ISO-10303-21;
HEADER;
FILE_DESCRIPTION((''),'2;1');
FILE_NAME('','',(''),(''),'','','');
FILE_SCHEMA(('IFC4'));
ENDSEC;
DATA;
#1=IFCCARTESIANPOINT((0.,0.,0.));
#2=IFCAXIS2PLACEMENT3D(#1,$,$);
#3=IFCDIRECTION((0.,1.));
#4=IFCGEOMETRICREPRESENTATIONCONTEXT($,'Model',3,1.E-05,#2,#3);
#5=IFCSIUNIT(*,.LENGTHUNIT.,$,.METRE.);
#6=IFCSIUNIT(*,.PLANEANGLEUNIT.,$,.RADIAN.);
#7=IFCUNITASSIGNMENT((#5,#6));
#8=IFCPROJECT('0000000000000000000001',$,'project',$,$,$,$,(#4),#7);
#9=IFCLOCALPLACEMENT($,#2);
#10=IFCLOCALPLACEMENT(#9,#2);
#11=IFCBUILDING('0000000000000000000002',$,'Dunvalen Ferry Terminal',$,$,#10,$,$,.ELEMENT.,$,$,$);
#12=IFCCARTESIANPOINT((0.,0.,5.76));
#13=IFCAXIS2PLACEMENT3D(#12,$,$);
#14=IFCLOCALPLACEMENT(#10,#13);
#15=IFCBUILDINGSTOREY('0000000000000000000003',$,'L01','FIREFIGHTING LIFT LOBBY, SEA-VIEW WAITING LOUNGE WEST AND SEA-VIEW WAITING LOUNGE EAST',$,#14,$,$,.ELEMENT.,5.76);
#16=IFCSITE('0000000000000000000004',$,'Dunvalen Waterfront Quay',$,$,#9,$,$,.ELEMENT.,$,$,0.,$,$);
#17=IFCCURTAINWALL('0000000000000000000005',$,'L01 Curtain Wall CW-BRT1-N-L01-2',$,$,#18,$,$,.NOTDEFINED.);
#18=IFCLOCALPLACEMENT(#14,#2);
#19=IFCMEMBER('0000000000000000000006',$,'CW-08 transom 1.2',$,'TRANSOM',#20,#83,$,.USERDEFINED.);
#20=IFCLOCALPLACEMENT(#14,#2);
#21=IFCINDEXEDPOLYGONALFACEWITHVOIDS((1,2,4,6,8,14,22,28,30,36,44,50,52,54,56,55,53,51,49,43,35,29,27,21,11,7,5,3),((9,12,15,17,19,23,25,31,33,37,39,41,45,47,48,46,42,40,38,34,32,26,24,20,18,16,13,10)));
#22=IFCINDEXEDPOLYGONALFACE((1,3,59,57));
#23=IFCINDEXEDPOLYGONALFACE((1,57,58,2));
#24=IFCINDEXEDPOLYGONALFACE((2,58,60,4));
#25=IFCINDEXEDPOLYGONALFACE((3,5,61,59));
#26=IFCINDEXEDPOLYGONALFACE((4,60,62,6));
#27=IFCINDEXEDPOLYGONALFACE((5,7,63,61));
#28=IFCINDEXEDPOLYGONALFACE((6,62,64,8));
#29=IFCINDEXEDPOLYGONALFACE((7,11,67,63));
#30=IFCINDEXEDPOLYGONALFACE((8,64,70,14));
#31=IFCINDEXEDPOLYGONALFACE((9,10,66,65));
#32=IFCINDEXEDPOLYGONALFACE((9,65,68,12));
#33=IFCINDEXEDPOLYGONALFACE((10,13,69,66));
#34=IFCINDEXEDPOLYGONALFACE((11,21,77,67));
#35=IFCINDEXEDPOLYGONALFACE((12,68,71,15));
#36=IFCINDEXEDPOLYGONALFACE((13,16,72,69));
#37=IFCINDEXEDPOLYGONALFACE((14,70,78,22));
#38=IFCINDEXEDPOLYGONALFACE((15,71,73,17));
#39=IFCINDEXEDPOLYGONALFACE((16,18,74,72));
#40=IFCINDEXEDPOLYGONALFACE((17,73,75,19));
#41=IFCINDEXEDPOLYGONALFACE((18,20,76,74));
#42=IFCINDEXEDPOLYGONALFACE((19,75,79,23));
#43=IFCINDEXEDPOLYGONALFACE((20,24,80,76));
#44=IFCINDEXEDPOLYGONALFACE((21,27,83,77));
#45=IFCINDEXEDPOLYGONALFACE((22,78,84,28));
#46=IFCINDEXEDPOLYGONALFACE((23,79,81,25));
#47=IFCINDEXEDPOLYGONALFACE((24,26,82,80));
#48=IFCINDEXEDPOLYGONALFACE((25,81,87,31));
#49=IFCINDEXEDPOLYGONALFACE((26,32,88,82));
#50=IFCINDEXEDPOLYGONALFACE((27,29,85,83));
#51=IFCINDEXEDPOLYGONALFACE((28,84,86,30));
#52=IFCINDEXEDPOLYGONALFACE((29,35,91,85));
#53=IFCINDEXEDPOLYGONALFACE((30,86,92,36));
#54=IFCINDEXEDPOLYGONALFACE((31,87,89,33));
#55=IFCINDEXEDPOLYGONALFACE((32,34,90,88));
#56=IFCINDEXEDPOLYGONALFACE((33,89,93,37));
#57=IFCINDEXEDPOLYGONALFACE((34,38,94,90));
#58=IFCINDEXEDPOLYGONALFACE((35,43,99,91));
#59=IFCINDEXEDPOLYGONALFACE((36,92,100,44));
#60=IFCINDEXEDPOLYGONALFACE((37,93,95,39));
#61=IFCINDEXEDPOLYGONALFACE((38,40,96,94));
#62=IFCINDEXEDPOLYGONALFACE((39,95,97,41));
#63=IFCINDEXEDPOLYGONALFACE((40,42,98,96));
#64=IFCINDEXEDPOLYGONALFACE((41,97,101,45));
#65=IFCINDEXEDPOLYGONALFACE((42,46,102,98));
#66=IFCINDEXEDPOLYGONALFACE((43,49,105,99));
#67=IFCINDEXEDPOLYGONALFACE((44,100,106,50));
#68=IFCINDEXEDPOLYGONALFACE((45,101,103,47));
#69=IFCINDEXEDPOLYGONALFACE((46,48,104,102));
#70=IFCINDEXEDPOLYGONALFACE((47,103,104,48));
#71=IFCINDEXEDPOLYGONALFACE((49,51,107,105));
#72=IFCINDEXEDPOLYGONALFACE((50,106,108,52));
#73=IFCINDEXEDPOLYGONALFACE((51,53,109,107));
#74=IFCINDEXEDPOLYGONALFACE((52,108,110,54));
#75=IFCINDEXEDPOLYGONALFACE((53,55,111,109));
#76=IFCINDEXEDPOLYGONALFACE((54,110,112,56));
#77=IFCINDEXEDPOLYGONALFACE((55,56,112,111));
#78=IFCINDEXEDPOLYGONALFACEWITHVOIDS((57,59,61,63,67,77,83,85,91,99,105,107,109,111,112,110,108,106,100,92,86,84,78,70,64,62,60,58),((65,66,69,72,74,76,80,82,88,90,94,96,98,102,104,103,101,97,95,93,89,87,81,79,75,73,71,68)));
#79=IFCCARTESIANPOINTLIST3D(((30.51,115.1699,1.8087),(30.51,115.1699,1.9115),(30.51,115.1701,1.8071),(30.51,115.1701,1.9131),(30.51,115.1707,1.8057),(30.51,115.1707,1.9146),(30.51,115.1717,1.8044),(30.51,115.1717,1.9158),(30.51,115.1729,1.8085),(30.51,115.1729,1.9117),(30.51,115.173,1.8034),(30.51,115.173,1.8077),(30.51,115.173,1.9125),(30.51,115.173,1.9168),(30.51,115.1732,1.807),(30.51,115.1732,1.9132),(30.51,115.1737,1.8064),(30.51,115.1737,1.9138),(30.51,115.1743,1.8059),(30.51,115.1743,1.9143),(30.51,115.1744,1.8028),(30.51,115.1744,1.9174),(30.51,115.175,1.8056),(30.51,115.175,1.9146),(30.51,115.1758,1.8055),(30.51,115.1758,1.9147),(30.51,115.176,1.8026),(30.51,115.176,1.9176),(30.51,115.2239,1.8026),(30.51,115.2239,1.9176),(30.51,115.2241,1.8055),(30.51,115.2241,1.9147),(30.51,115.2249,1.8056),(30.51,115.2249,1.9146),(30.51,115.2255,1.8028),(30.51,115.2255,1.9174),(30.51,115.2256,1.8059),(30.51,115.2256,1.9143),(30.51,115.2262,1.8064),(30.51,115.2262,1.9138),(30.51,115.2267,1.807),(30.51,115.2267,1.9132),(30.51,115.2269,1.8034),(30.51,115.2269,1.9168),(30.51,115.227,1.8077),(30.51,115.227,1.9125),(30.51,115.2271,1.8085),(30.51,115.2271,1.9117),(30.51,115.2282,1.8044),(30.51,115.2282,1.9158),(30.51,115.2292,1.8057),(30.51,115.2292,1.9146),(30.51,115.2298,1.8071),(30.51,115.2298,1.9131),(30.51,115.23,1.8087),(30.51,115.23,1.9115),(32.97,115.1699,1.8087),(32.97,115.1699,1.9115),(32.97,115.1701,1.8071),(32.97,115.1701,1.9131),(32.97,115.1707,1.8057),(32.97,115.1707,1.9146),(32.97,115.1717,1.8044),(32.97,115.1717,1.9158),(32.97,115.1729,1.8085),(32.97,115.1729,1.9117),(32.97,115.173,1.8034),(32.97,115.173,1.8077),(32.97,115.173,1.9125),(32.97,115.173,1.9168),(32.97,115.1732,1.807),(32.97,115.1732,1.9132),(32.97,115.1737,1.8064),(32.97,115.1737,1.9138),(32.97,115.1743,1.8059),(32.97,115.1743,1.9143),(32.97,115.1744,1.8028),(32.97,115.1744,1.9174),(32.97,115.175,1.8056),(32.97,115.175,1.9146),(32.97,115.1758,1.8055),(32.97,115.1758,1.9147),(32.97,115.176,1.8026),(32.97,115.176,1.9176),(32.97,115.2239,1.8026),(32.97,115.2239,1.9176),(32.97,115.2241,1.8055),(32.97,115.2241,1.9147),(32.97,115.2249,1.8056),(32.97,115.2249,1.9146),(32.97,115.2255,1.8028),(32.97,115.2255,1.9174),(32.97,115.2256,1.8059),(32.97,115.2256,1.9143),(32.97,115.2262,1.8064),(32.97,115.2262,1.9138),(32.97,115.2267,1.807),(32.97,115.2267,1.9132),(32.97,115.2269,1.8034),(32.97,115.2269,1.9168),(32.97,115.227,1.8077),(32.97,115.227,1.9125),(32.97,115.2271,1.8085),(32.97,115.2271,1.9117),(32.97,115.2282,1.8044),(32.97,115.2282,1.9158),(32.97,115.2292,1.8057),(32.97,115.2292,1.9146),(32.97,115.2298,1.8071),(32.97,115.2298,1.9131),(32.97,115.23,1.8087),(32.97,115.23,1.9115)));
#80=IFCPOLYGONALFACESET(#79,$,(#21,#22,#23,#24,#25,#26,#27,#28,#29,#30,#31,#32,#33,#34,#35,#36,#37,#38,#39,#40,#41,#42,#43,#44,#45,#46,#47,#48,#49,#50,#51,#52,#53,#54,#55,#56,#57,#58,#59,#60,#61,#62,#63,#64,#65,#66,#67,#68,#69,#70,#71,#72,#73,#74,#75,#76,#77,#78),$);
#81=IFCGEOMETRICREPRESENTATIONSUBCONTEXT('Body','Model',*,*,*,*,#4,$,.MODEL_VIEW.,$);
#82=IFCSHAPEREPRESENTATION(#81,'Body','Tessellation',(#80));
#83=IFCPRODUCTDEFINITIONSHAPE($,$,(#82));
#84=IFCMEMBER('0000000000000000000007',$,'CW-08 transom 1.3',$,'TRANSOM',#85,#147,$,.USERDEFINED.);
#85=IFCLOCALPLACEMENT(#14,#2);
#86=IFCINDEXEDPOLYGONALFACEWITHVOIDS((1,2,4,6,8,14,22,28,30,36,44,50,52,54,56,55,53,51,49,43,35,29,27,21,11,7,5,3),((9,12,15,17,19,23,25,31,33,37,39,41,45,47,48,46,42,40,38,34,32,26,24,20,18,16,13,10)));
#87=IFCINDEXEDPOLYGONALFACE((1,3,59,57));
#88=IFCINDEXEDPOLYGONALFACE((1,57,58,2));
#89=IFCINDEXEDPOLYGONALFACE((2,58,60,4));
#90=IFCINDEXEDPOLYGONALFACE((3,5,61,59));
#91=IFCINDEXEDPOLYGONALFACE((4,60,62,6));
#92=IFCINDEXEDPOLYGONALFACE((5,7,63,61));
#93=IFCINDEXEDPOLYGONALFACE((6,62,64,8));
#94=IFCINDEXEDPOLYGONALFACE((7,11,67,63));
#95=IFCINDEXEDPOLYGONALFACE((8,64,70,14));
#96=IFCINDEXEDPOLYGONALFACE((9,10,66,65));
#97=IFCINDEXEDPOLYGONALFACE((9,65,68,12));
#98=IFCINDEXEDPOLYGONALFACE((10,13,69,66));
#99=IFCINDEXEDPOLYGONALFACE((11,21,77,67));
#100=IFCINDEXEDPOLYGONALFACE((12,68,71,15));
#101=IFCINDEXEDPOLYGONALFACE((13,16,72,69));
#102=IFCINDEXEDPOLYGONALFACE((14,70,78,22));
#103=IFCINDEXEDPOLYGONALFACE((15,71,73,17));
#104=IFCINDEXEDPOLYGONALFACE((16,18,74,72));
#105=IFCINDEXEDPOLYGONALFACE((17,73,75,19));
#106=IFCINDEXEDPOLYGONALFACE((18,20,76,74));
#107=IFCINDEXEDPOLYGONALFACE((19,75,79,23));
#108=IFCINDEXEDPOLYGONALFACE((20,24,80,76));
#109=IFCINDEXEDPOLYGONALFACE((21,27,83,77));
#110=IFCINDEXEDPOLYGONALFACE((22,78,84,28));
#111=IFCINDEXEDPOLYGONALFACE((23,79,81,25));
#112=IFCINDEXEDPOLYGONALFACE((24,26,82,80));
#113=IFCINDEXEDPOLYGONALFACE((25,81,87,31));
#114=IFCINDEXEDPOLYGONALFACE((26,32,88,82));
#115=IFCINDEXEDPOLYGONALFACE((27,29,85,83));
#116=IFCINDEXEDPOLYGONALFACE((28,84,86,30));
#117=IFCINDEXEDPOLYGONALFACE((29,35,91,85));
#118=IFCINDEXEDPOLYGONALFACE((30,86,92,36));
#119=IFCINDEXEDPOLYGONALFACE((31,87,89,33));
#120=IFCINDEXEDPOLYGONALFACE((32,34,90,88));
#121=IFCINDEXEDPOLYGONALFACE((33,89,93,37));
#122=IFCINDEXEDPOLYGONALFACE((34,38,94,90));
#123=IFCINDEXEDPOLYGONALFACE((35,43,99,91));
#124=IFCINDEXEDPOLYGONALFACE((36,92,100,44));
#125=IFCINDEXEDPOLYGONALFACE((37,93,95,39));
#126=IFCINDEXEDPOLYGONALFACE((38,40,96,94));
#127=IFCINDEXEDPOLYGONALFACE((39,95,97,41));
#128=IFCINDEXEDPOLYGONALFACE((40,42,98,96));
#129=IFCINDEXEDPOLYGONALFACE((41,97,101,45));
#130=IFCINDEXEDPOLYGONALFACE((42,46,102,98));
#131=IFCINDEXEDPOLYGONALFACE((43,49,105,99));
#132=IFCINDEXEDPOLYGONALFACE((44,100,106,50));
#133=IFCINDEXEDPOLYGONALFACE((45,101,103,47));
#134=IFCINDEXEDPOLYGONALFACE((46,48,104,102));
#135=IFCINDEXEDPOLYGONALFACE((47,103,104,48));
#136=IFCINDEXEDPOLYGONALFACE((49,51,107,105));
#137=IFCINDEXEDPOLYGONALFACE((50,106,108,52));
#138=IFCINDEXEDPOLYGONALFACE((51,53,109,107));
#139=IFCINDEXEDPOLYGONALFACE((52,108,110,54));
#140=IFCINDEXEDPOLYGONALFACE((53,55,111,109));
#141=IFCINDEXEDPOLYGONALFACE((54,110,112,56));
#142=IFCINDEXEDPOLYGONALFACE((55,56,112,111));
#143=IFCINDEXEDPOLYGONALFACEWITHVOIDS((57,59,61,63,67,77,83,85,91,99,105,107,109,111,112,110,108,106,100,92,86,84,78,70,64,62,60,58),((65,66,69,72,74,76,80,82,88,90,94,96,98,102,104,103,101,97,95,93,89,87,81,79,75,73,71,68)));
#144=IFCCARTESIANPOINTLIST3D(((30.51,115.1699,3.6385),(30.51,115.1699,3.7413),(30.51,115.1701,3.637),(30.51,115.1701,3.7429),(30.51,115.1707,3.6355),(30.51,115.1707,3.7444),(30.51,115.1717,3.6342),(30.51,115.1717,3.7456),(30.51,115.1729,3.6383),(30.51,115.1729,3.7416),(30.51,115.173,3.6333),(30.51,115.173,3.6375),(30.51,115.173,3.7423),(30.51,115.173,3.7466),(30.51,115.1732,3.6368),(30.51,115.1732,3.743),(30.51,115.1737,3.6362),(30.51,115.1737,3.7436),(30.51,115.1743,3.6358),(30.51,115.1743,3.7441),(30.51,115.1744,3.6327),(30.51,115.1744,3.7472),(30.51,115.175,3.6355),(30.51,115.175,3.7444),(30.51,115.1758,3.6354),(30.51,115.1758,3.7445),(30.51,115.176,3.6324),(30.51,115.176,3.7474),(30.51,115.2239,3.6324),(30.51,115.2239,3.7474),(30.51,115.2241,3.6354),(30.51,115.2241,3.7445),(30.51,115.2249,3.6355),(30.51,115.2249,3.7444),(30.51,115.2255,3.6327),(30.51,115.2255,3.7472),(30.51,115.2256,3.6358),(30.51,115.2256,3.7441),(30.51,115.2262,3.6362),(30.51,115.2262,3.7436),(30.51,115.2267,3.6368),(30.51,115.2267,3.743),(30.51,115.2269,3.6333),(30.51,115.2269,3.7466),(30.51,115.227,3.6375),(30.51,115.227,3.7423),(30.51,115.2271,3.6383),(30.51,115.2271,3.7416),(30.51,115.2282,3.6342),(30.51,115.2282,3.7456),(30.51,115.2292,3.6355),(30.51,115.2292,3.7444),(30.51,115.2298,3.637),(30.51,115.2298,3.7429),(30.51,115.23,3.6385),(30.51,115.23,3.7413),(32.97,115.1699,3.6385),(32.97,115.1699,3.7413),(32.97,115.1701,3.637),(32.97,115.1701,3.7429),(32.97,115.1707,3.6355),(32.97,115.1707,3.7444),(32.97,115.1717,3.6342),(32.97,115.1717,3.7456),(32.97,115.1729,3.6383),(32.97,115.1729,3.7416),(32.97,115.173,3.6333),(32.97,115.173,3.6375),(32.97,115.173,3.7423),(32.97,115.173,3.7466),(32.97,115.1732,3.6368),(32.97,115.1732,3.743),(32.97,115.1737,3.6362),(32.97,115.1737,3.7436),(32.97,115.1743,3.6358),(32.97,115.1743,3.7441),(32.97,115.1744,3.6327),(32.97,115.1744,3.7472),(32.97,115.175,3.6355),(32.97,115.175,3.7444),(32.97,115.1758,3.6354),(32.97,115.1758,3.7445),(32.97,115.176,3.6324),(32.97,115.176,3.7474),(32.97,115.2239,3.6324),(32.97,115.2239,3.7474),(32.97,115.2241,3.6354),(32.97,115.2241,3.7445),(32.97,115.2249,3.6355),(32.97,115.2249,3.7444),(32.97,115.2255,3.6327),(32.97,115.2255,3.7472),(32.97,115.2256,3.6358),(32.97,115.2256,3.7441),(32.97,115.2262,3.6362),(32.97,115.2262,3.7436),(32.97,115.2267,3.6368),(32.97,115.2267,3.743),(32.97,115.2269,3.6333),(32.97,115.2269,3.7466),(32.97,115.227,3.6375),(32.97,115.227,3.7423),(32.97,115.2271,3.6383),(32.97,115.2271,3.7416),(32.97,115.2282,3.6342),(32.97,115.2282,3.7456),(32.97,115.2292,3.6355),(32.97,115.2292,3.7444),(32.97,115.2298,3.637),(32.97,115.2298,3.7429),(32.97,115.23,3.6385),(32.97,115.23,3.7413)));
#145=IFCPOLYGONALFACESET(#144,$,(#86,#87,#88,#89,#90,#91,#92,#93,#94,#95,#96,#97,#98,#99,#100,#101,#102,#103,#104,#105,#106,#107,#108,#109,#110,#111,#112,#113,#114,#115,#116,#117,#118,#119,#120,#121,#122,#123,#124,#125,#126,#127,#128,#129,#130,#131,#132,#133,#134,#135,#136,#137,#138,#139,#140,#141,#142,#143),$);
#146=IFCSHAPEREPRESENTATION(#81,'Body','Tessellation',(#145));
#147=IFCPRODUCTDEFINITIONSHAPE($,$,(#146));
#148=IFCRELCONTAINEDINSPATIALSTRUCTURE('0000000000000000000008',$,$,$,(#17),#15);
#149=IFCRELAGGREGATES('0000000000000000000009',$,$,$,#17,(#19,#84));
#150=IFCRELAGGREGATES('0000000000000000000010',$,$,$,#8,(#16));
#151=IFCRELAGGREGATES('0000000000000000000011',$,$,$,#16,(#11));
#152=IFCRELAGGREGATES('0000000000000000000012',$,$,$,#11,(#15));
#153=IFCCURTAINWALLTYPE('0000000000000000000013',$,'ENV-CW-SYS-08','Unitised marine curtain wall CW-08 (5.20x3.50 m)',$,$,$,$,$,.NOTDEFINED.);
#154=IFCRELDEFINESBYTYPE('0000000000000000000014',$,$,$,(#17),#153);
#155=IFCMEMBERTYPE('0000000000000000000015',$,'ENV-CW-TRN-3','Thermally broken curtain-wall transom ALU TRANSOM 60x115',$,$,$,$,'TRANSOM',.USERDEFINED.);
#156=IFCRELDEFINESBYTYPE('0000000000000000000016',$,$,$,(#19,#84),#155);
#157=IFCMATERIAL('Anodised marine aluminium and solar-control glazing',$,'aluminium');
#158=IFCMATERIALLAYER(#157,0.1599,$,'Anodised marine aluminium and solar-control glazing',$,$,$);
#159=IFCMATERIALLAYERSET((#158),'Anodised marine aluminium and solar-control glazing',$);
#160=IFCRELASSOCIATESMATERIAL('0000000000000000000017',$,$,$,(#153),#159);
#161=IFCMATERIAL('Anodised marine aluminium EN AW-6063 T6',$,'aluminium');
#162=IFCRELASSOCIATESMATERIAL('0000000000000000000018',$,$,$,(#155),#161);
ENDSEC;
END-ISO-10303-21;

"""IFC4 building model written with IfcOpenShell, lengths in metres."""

from ifc_helpers import new_model, si_unit, direction, frame, origin, origin_2d, place, context, subcontext, project, spatial, hollow_rectangle, extrude, material, layer, layer_set, material_profile, profile_set, type_object, element, aggregate, save


model = new_model("IFC4")

# Units and contexts
model_context = context("Model", 3, precision=1e-05, world=origin(), true_north=direction((0.0, 1.0)))
body_context = subcontext(model_context, "Body", "Model", "MODEL_VIEW")
ifc_project = project(units=[si_unit("LENGTHUNIT", "METRE"), si_unit("PLANEANGLEUNIT", "RADIAN")], contexts=[model_context])

# Site, building, storey
site_placement = place(None, origin())
site = spatial("IfcSite", under=ifc_project, at=site_placement, Name="Dunvalen Waterfront Quay", CompositionType="ELEMENT", RefElevation=0.0)
building_placement = place(site_placement, origin())
building = spatial("IfcBuilding", under=site, at=building_placement, Name="Dunvalen Ferry Terminal", CompositionType="ELEMENT")
storey_placement = place(building_placement, frame((0.0, 0.0, 5.76)))
storey = spatial("IfcBuildingStorey", under=building, at=storey_placement, Name="L01", Description="FIREFIGHTING LIFT LOBBY, SEA-VIEW WAITING LOUNGE WEST AND SEA-VIEW WAITING LOUNGE EAST", CompositionType="ELEMENT", Elevation=5.76)

# Curtain wall
ifc_material_1 = material(Name="Anodised marine aluminium and solar-control glazing", Category="aluminium")
ifc_layer_1 = layer(ifc_material_1, 0.1599, Name="Anodised marine aluminium and solar-control glazing")
ifc_layer_set_1 = layer_set([ifc_layer_1], Name="Anodised marine aluminium and solar-control glazing")
curtain_wall_type = type_object("IfcCurtainWallType", Name="ENV-CW-SYS-08", Description="Unitised marine curtain wall CW-08 (5.20x3.50 m)", PredefinedType="NOTDEFINED", material=ifc_layer_set_1)
ifc_material_2 = material(Name="Anodised marine aluminium EN AW-6063 T6", Category="aluminium")
curtain_wall_1_placement = place(storey_placement, origin())
curtain_wall_1 = element("IfcCurtainWall", 1, at=curtain_wall_1_placement, inside=storey, type_object=curtain_wall_type, Name="L01 Curtain Wall CW-BRT1-N-L01-2", PredefinedType="NOTDEFINED")

# Members
ifc_material_profile_1 = material_profile(ifc_material_2, hollow_rectangle(XDim=0.0601, YDim=0.115, WallThickness=0.0029, InnerFilletRadius=0.0029, OuterFilletRadius=0.0061, at=origin_2d()), Name="Anodised marine aluminium EN AW-6063 T6")
ifc_profile_set_1 = profile_set([ifc_material_profile_1], Name="Anodised marine aluminium EN AW-6063 T6")
member_type_1 = type_object("IfcMemberType", Name="ENV-CW-TRN-3", Description="Thermally broken curtain-wall transom ALU TRANSOM 60x115", ElementType="TRANSOM", PredefinedType="USERDEFINED", material=ifc_profile_set_1)
member_1_placement = place(storey_placement, frame((30.51, 115.2, 1.8601), z_axis=(1.0, 0.0, 0.0), x_axis=(0.0, 1.0, 0.0)))
member_1 = element("IfcMember", 2, at=member_1_placement, type_object=member_type_1, Name="CW-08 transom 1.2", ObjectType="TRANSOM", PredefinedType="USERDEFINED", context=body_context, shape_type="SweptSolid", body=[
    extrude(hollow_rectangle(XDim=0.0601, YDim=0.115, WallThickness=0.0029, InnerFilletRadius=0.0029, OuterFilletRadius=0.0061, at=origin_2d()), origin(), (0.0, 0.0, 1.0), 2.46),
])
member_2_placement = place(storey_placement, frame((30.51, 115.2, 3.6899), z_axis=(1.0, 0.0, 0.0), x_axis=(0.0, 1.0, 0.0)))
member_2 = element("IfcMember", 3, at=member_2_placement, type_object=member_type_1, Name="CW-08 transom 1.3", ObjectType="TRANSOM", PredefinedType="USERDEFINED", context=body_context, shape_type="SweptSolid", body=[
    extrude(hollow_rectangle(XDim=0.0601, YDim=0.115, WallThickness=0.0029, InnerFilletRadius=0.0029, OuterFilletRadius=0.0061, at=origin_2d()), origin(), (0.0, 0.0, 1.0), 2.46),
])

aggregate(curtain_wall_1, [member_1, member_2])

save(model, "model.ifc")
